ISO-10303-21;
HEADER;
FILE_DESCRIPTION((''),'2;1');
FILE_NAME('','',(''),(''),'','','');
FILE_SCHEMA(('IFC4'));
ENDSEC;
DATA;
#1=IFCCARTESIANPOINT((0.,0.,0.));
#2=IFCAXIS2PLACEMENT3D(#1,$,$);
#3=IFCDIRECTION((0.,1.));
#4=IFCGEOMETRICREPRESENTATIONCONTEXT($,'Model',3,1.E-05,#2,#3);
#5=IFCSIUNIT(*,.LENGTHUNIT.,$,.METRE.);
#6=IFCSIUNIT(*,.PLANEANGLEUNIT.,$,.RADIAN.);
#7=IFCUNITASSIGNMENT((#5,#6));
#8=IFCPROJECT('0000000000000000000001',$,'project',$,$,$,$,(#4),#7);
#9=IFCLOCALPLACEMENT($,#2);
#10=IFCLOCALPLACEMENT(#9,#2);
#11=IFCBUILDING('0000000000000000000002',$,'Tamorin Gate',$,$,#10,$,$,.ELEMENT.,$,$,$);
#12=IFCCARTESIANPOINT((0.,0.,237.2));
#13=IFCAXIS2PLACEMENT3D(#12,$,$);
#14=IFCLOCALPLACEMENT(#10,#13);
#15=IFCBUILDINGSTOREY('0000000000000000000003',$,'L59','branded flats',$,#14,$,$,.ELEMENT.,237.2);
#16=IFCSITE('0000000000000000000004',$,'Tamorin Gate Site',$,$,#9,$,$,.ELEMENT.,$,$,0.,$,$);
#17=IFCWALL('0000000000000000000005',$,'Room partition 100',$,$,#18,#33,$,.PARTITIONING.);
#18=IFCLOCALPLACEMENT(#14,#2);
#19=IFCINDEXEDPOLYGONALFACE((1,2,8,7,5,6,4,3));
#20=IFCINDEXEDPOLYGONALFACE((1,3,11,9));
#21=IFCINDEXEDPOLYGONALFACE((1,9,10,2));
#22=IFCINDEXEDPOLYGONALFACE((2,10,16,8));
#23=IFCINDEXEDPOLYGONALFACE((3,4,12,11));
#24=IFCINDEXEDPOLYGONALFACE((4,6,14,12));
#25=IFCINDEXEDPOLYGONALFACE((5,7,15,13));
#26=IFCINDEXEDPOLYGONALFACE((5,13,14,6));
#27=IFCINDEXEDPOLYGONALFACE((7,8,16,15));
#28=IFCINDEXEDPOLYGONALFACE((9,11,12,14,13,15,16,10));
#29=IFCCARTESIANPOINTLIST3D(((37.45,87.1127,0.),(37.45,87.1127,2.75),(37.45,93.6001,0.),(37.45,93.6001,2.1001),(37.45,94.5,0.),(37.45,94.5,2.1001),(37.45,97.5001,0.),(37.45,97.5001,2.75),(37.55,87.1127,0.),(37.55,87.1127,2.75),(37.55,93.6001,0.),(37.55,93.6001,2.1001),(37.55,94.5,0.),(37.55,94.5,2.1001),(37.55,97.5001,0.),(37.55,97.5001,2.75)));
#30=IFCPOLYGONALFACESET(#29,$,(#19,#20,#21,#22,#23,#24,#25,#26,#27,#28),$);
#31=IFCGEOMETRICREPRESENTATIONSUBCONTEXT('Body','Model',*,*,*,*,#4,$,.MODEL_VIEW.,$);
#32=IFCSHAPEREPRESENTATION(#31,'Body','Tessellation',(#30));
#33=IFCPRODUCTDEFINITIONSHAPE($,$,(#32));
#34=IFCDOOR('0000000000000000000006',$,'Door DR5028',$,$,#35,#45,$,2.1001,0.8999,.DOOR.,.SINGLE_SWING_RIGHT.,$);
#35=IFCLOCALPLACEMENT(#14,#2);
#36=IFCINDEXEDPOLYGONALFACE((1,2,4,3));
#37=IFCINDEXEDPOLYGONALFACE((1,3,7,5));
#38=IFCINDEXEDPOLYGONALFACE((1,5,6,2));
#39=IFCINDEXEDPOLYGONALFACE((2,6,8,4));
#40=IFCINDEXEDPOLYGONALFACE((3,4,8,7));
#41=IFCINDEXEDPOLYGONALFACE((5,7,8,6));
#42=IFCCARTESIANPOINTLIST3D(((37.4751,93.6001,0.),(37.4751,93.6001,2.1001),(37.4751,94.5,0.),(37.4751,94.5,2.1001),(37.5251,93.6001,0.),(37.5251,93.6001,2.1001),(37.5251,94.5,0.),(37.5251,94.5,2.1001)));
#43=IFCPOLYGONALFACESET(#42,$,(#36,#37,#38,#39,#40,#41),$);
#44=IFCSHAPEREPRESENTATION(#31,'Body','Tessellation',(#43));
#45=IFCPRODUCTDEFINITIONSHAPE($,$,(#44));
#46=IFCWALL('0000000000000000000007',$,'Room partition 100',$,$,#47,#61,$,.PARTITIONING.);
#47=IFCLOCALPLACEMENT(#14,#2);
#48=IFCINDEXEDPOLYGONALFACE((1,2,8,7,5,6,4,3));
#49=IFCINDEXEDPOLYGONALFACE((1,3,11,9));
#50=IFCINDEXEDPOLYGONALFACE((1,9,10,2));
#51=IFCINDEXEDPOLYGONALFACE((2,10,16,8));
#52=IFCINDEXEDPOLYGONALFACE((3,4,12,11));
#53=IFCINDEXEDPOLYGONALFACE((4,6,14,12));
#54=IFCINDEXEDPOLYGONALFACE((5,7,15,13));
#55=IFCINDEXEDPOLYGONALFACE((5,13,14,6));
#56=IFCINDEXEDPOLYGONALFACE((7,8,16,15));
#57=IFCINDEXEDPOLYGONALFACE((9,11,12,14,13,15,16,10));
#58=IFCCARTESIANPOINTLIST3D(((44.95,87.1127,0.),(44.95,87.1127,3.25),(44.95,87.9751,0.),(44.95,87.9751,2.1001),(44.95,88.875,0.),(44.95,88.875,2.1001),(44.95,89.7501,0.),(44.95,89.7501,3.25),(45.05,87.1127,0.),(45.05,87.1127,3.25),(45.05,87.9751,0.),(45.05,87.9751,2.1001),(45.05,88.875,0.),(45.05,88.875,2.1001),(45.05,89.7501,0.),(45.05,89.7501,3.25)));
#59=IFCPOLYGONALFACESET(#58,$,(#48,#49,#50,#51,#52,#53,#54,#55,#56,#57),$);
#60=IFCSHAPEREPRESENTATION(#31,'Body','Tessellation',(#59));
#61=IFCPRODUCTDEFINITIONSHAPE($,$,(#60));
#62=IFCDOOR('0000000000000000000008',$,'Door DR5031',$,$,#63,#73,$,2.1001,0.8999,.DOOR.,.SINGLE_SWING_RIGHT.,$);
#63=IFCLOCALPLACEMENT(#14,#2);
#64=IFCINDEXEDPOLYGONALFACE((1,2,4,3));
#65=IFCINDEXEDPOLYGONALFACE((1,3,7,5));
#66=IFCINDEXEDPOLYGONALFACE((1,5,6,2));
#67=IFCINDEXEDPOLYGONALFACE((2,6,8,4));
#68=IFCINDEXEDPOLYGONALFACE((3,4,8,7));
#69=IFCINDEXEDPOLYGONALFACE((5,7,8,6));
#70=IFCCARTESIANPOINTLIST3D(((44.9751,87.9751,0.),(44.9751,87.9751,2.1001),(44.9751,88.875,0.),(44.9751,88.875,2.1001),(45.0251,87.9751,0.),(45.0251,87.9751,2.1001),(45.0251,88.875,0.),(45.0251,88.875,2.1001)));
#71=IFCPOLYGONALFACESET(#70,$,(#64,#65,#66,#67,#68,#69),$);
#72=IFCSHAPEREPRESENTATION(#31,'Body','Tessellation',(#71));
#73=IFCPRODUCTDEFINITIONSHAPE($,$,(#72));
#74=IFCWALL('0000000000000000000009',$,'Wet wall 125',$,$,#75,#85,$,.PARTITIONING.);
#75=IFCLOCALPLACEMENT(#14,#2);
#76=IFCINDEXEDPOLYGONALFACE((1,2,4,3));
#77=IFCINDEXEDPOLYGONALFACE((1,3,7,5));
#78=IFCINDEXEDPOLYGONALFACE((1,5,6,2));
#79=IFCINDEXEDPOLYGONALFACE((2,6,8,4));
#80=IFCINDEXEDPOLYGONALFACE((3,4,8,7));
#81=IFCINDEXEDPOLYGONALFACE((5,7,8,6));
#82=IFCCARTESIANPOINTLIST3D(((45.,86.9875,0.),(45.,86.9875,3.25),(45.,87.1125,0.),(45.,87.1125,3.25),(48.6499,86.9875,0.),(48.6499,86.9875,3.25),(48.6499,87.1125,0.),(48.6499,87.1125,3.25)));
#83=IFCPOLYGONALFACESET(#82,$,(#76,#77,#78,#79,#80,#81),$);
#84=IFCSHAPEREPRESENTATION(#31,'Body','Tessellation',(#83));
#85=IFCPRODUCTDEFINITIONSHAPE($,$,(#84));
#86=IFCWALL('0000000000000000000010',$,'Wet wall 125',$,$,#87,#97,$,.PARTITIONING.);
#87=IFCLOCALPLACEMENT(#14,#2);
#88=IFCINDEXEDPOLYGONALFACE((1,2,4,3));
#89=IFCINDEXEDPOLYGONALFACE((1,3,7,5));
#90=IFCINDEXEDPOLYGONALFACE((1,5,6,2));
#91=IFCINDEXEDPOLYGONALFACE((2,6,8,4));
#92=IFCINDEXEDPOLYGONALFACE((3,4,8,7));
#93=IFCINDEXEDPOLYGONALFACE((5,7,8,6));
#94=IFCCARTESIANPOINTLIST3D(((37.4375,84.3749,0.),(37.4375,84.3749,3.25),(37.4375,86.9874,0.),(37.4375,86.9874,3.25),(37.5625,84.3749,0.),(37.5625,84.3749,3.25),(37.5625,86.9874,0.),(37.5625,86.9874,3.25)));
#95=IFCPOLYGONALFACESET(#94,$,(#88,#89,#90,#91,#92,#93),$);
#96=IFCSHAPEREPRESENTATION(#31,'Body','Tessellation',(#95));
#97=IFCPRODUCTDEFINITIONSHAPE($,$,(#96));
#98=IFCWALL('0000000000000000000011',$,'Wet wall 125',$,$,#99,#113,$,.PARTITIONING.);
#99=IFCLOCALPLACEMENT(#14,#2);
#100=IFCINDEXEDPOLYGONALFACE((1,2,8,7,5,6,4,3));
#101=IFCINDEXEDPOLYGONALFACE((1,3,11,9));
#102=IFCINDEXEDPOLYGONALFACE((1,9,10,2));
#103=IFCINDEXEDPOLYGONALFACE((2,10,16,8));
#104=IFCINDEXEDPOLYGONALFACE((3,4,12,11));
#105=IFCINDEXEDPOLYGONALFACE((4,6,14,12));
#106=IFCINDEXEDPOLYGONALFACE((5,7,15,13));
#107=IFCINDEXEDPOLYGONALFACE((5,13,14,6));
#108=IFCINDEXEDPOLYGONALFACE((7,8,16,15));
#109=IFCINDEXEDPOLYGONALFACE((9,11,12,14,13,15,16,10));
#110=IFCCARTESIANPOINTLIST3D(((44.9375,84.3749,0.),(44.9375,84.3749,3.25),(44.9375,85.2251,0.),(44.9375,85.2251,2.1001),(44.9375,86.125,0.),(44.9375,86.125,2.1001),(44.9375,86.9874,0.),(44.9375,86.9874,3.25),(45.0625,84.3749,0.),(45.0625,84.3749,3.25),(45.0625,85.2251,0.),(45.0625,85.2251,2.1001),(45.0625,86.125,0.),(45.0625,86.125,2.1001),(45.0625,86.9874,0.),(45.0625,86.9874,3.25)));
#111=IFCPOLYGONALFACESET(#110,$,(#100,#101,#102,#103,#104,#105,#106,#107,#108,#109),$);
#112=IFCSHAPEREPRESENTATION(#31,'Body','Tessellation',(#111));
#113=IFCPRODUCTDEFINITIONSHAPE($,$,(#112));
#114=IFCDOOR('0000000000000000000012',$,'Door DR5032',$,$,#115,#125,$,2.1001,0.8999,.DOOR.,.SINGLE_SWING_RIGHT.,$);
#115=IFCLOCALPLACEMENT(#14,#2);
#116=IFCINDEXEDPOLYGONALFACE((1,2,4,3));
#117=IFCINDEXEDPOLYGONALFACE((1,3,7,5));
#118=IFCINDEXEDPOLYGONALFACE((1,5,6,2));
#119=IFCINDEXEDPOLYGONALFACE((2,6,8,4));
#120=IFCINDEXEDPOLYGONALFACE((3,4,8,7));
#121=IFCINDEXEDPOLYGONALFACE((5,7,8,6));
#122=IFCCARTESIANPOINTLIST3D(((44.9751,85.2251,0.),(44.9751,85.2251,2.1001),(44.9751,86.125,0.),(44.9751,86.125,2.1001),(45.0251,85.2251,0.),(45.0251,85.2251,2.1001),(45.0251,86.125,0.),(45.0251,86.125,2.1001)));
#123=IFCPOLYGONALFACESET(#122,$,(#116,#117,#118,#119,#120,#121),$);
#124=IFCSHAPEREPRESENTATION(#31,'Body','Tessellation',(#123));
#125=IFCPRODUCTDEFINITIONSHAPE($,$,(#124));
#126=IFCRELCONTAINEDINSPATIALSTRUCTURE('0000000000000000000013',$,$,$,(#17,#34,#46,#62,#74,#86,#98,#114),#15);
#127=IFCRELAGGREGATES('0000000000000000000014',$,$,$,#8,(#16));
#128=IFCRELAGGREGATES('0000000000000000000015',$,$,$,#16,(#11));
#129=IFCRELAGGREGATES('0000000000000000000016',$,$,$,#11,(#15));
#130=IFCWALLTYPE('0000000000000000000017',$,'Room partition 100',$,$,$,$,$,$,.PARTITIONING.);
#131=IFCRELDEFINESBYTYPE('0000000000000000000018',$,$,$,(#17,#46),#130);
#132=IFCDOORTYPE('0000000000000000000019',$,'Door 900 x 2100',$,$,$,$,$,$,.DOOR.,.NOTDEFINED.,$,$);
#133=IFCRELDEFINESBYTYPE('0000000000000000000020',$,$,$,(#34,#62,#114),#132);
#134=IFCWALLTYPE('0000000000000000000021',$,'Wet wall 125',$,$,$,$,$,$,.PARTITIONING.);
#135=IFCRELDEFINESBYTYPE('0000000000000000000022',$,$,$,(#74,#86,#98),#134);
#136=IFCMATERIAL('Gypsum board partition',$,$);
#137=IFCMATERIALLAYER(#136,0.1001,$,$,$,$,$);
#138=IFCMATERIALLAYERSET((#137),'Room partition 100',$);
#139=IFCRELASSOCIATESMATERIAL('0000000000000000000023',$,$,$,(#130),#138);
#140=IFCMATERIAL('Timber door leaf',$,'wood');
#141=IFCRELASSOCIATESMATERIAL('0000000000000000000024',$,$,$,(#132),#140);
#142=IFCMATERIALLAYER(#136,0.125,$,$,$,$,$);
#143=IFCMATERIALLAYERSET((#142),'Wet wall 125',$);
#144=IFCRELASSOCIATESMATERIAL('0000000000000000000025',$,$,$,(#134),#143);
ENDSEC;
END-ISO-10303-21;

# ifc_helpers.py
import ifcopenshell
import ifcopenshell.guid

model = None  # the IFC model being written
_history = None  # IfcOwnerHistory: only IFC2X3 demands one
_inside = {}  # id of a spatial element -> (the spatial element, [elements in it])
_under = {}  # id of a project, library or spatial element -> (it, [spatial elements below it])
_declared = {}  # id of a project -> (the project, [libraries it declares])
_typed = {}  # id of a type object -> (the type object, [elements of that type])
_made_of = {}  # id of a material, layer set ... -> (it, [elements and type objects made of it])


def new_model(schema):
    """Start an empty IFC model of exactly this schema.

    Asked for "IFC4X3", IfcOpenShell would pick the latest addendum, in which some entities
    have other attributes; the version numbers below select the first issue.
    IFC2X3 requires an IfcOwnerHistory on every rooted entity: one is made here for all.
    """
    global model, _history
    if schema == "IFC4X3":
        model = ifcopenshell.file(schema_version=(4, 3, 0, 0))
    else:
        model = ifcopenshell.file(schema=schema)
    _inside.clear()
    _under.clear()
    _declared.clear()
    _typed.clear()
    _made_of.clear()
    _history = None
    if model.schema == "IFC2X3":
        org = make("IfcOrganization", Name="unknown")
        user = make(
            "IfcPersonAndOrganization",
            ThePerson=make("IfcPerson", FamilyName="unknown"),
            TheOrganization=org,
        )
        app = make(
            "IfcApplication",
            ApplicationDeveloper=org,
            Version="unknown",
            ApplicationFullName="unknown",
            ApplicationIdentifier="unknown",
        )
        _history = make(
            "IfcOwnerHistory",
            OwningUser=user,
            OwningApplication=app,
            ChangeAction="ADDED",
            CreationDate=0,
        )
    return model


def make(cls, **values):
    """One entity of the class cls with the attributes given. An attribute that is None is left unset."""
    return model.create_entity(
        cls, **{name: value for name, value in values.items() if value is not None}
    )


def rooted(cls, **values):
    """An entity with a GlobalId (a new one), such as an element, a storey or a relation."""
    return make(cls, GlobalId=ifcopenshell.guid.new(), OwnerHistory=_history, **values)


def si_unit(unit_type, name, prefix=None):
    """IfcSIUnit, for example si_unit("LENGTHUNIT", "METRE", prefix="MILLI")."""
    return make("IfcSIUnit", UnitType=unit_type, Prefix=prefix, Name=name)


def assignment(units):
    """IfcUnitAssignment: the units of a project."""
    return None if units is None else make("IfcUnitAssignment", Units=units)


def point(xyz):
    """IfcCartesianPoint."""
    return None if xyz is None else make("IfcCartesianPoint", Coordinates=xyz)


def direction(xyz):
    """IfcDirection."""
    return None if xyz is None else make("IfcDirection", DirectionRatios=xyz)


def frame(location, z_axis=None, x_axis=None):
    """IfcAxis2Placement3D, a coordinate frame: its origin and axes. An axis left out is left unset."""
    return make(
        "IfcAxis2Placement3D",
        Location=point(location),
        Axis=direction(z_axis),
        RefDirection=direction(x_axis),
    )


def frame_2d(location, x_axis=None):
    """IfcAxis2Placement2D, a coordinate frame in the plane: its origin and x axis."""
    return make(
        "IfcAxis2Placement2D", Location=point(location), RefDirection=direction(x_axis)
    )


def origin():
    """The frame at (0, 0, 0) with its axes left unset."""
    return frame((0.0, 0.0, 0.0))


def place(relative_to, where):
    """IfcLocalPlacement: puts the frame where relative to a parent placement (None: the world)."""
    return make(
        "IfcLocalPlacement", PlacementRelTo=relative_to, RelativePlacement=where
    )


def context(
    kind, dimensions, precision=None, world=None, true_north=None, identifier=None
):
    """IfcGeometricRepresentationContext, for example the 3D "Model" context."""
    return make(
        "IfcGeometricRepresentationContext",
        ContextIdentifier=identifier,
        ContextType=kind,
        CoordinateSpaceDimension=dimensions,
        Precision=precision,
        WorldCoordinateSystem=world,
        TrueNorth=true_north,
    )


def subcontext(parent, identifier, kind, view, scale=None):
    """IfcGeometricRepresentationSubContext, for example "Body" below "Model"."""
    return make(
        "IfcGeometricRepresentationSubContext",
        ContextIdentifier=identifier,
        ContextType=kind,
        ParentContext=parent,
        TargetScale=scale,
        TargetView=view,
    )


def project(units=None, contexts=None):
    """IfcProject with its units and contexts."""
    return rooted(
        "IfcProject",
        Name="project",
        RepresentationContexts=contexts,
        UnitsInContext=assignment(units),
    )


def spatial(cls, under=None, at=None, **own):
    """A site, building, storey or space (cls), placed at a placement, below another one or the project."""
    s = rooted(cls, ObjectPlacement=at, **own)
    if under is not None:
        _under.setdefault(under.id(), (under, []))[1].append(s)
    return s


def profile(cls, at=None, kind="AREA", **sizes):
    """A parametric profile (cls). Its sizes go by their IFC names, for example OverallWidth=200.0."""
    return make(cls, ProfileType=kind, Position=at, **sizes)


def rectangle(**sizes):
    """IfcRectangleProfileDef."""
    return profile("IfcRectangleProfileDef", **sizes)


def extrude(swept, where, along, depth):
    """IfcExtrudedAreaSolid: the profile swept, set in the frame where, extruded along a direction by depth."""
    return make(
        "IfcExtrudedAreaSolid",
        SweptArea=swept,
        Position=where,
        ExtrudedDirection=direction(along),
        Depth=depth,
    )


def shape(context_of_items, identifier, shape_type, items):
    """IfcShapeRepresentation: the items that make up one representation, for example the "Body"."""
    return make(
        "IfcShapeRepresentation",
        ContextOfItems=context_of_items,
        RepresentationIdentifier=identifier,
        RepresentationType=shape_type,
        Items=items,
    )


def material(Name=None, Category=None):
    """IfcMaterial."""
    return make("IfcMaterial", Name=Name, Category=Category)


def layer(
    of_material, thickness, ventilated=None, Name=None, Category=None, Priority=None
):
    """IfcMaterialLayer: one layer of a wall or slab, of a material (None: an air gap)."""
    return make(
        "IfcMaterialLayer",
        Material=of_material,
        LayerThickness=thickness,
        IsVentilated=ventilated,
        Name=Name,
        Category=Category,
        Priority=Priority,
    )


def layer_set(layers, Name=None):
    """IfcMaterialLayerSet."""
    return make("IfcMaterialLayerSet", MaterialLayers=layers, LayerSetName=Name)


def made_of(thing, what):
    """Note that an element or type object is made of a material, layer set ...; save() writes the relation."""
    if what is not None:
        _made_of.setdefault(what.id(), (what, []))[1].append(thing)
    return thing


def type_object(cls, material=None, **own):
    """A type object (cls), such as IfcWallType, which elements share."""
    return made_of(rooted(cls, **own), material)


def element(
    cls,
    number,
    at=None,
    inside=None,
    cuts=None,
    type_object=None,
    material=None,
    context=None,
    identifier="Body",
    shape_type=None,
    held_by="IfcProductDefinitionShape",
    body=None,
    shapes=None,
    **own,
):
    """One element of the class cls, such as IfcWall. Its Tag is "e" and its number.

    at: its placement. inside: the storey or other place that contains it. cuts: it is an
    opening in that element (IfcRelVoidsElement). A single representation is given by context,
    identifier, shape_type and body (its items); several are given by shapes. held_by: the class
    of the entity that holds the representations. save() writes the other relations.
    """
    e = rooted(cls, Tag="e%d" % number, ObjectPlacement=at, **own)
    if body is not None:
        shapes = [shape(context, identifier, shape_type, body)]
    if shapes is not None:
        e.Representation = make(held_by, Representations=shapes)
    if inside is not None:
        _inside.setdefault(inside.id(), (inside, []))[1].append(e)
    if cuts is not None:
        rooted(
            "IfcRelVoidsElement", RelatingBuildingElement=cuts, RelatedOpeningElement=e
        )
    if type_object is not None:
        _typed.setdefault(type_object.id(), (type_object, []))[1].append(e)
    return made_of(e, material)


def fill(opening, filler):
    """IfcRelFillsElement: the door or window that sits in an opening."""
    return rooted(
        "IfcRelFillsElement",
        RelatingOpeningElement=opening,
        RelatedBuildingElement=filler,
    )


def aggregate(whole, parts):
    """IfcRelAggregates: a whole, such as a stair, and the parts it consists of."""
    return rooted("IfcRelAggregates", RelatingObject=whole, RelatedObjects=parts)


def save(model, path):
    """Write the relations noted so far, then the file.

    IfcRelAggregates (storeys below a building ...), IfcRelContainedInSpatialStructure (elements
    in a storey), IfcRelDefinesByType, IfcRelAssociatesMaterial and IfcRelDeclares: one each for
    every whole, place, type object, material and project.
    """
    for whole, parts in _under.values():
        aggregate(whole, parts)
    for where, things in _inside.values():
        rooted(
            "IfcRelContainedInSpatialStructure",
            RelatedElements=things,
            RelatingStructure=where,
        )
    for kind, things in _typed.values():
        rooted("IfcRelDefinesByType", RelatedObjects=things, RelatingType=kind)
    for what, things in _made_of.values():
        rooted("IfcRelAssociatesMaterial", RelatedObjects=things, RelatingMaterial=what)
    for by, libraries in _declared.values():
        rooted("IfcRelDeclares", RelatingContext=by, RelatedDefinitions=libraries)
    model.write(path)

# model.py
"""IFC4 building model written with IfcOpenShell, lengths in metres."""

from ifc_helpers import new_model, si_unit, direction, frame, frame_2d, origin, place, context, subcontext, project, spatial, rectangle, extrude, material, layer, layer_set, type_object, element, fill, save


model = new_model("IFC4")

# Units and contexts
model_context = context("Model", 3, precision=1e-05, world=origin(), true_north=direction((0.0, 1.0)))
body_context = subcontext(model_context, "Body", "Model", "MODEL_VIEW")
ifc_project = project(units=[si_unit("LENGTHUNIT", "METRE"), si_unit("PLANEANGLEUNIT", "RADIAN")], contexts=[model_context])

# Site, building, storey
site_placement = place(None, origin())
site = spatial("IfcSite", under=ifc_project, at=site_placement, Name="Tamorin Gate Site", CompositionType="ELEMENT", RefElevation=0.0)
building_placement = place(site_placement, origin())
building = spatial("IfcBuilding", under=site, at=building_placement, Name="Tamorin Gate", CompositionType="ELEMENT")
storey_placement = place(building_placement, frame((0.0, 0.0, 237.2)))
storey = spatial("IfcBuildingStorey", under=building, at=storey_placement, Name="L59", Description="branded flats", CompositionType="ELEMENT", Elevation=237.2)

# Shared definitions
ifc_material_1 = material(Name="Gypsum board partition")

# Walls, openings, doors
ifc_layer_1 = layer(ifc_material_1, 0.1001)
ifc_layer_set_1 = layer_set([ifc_layer_1], Name="Room partition 100")
wall_type_1 = type_object("IfcWallType", Name="Room partition 100", PredefinedType="PARTITIONING", material=ifc_layer_set_1)
wall_1_placement = place(storey_placement, frame((37.5, 87.1125, 0.0), z_axis=(0.0, 0.0, 1.0), x_axis=(0.0, 1.0, 0.0)))
wall_1 = element("IfcWall", 1, at=wall_1_placement, inside=storey, type_object=wall_type_1, Name="Room partition 100", PredefinedType="PARTITIONING", context=body_context, shape_type="SweptSolid", body=[
    extrude(rectangle(XDim=10.3875, YDim=0.1001, at=frame_2d((5.1938, 0.0))), origin(), (0.0, 0.0, 1.0), 2.75),
])
opening_1_placement = place(wall_1_placement, frame((6.4875, 0.0, 0.0)))
opening_1 = element("IfcOpeningElement", 2, at=opening_1_placement, cuts=wall_1, PredefinedType="OPENING", context=body_context, shape_type="SweptSolid", body=[
    extrude(rectangle(XDim=0.8999, YDim=2.1001, at=frame_2d((0.45, 1.05))), frame((0.0, 0.0601, 0.0), z_axis=(0.0, -1.0, 0.0), x_axis=(1.0, 0.0, 0.0)), (0.0, 0.0, 1.0), 0.1201),
])
ifc_material_2 = material(Name="Timber door leaf", Category="wood")
door_type = type_object("IfcDoorType", Name="Door 900 x 2100", OperationType="NOTDEFINED", PredefinedType="DOOR", material=ifc_material_2)
door_1_placement = place(opening_1_placement, origin())
door_1 = element("IfcDoor", 3, at=door_1_placement, inside=storey, type_object=door_type, Name="Door DR5028", OperationType="SINGLE_SWING_RIGHT", OverallHeight=2.1001, OverallWidth=0.8999, PredefinedType="DOOR", context=body_context, shape_type="SweptSolid", body=[
    extrude(rectangle(XDim=0.8999, YDim=2.1001, at=frame_2d((0.45, 1.05))), frame((0.0, 0.0249, 0.0), z_axis=(0.0, -1.0, 0.0), x_axis=(1.0, 0.0, 0.0)), (0.0, 0.0, 1.0), 0.05),
])
fill(opening_1, door_1)
wall_2_placement = place(storey_placement, frame((45.0, 87.1125, 0.0), z_axis=(0.0, 0.0, 1.0), x_axis=(0.0, 1.0, 0.0)))
wall_2 = element("IfcWall", 4, at=wall_2_placement, inside=storey, type_object=wall_type_1, Name="Room partition 100", PredefinedType="PARTITIONING", context=body_context, shape_type="SweptSolid", body=[
    extrude(rectangle(XDim=2.6375, YDim=0.1001, at=frame_2d((1.3188, 0.0))), origin(), (0.0, 0.0, 1.0), 3.25),
])
opening_2_placement = place(wall_2_placement, frame((0.8625, 0.0, 0.0)))
opening_2 = element("IfcOpeningElement", 5, at=opening_2_placement, cuts=wall_2, PredefinedType="OPENING", context=body_context, shape_type="SweptSolid", body=[
    extrude(rectangle(XDim=0.8999, YDim=2.1001, at=frame_2d((0.45, 1.05))), frame((0.0, 0.0601, 0.0), z_axis=(0.0, -1.0, 0.0), x_axis=(1.0, 0.0, 0.0)), (0.0, 0.0, 1.0), 0.1201),
])
door_2_placement = place(opening_2_placement, origin())
door_2 = element("IfcDoor", 6, at=door_2_placement, inside=storey, type_object=door_type, Name="Door DR5031", OperationType="SINGLE_SWING_RIGHT", OverallHeight=2.1001, OverallWidth=0.8999, PredefinedType="DOOR", context=body_context, shape_type="SweptSolid", body=[
    extrude(rectangle(XDim=0.8999, YDim=2.1001, at=frame_2d((0.45, 1.05))), frame((0.0, 0.0249, 0.0), z_axis=(0.0, -1.0, 0.0), x_axis=(1.0, 0.0, 0.0)), (0.0, 0.0, 1.0), 0.05),
])
fill(opening_2, door_2)

# Walls
ifc_layer_2 = layer(ifc_material_1, 0.125)
ifc_layer_set_2 = layer_set([ifc_layer_2], Name="Wet wall 125")
wall_type_2 = type_object("IfcWallType", Name="Wet wall 125", PredefinedType="PARTITIONING", material=ifc_layer_set_2)
wall_3_placement = place(storey_placement, frame((45.0, 87.05, 0.0), z_axis=(0.0, 0.0, 1.0), x_axis=(1.0, 0.0, 0.0)))
element("IfcWall", 7, at=wall_3_placement, inside=storey, type_object=wall_type_2, Name="Wet wall 125", PredefinedType="PARTITIONING", context=body_context, shape_type="SweptSolid", body=[
    extrude(rectangle(XDim=3.6499, YDim=0.125, at=frame_2d((1.825, 0.0))), origin(), (0.0, 0.0, 1.0), 3.25),
])
wall_4_placement = place(storey_placement, frame((37.5, 84.375, 0.0), z_axis=(0.0, 0.0, 1.0), x_axis=(0.0, 1.0, 0.0)))
element("IfcWall", 8, at=wall_4_placement, inside=storey, type_object=wall_type_2, Name="Wet wall 125", PredefinedType="PARTITIONING", context=body_context, shape_type="SweptSolid", body=[
    extrude(rectangle(XDim=2.6125, YDim=0.125, at=frame_2d((1.3062, 0.0))), origin(), (0.0, 0.0, 1.0), 3.25),
])

# Wall, opening, door
wall_5_placement = place(storey_placement, frame((45.0, 84.375, 0.0), z_axis=(0.0, 0.0, 1.0), x_axis=(0.0, 1.0, 0.0)))
wall_5 = element("IfcWall", 9, at=wall_5_placement, inside=storey, type_object=wall_type_2, Name="Wet wall 125", PredefinedType="PARTITIONING", context=body_context, shape_type="SweptSolid", body=[
    extrude(rectangle(XDim=2.6125, YDim=0.125, at=frame_2d((1.3062, 0.0))), origin(), (0.0, 0.0, 1.0), 3.25),
])
opening_3_placement = place(wall_5_placement, frame((0.8501, 0.0, 0.0)))
opening_3 = element("IfcOpeningElement", 10, at=opening_3_placement, cuts=wall_5, PredefinedType="OPENING", context=body_context, shape_type="SweptSolid", body=[
    extrude(rectangle(XDim=0.8999, YDim=2.1001, at=frame_2d((0.45, 1.05))), frame((0.0, 0.0725, 0.0), z_axis=(0.0, -1.0, 0.0), x_axis=(1.0, 0.0, 0.0)), (0.0, 0.0, 1.0), 0.145),
])
door_3_placement = place(opening_3_placement, origin())
door_3 = element("IfcDoor", 11, at=door_3_placement, inside=storey, type_object=door_type, Name="Door DR5032", OperationType="SINGLE_SWING_RIGHT", OverallHeight=2.1001, OverallWidth=0.8999, PredefinedType="DOOR", context=body_context, shape_type="SweptSolid", body=[
    extrude(rectangle(XDim=0.8999, YDim=2.1001, at=frame_2d((0.45, 1.05))), frame((0.0, 0.0249, 0.0), z_axis=(0.0, -1.0, 0.0), x_axis=(1.0, 0.0, 0.0)), (0.0, 0.0, 1.0), 0.05),
])
fill(opening_3, door_3)

save(model, "model.ifc")
